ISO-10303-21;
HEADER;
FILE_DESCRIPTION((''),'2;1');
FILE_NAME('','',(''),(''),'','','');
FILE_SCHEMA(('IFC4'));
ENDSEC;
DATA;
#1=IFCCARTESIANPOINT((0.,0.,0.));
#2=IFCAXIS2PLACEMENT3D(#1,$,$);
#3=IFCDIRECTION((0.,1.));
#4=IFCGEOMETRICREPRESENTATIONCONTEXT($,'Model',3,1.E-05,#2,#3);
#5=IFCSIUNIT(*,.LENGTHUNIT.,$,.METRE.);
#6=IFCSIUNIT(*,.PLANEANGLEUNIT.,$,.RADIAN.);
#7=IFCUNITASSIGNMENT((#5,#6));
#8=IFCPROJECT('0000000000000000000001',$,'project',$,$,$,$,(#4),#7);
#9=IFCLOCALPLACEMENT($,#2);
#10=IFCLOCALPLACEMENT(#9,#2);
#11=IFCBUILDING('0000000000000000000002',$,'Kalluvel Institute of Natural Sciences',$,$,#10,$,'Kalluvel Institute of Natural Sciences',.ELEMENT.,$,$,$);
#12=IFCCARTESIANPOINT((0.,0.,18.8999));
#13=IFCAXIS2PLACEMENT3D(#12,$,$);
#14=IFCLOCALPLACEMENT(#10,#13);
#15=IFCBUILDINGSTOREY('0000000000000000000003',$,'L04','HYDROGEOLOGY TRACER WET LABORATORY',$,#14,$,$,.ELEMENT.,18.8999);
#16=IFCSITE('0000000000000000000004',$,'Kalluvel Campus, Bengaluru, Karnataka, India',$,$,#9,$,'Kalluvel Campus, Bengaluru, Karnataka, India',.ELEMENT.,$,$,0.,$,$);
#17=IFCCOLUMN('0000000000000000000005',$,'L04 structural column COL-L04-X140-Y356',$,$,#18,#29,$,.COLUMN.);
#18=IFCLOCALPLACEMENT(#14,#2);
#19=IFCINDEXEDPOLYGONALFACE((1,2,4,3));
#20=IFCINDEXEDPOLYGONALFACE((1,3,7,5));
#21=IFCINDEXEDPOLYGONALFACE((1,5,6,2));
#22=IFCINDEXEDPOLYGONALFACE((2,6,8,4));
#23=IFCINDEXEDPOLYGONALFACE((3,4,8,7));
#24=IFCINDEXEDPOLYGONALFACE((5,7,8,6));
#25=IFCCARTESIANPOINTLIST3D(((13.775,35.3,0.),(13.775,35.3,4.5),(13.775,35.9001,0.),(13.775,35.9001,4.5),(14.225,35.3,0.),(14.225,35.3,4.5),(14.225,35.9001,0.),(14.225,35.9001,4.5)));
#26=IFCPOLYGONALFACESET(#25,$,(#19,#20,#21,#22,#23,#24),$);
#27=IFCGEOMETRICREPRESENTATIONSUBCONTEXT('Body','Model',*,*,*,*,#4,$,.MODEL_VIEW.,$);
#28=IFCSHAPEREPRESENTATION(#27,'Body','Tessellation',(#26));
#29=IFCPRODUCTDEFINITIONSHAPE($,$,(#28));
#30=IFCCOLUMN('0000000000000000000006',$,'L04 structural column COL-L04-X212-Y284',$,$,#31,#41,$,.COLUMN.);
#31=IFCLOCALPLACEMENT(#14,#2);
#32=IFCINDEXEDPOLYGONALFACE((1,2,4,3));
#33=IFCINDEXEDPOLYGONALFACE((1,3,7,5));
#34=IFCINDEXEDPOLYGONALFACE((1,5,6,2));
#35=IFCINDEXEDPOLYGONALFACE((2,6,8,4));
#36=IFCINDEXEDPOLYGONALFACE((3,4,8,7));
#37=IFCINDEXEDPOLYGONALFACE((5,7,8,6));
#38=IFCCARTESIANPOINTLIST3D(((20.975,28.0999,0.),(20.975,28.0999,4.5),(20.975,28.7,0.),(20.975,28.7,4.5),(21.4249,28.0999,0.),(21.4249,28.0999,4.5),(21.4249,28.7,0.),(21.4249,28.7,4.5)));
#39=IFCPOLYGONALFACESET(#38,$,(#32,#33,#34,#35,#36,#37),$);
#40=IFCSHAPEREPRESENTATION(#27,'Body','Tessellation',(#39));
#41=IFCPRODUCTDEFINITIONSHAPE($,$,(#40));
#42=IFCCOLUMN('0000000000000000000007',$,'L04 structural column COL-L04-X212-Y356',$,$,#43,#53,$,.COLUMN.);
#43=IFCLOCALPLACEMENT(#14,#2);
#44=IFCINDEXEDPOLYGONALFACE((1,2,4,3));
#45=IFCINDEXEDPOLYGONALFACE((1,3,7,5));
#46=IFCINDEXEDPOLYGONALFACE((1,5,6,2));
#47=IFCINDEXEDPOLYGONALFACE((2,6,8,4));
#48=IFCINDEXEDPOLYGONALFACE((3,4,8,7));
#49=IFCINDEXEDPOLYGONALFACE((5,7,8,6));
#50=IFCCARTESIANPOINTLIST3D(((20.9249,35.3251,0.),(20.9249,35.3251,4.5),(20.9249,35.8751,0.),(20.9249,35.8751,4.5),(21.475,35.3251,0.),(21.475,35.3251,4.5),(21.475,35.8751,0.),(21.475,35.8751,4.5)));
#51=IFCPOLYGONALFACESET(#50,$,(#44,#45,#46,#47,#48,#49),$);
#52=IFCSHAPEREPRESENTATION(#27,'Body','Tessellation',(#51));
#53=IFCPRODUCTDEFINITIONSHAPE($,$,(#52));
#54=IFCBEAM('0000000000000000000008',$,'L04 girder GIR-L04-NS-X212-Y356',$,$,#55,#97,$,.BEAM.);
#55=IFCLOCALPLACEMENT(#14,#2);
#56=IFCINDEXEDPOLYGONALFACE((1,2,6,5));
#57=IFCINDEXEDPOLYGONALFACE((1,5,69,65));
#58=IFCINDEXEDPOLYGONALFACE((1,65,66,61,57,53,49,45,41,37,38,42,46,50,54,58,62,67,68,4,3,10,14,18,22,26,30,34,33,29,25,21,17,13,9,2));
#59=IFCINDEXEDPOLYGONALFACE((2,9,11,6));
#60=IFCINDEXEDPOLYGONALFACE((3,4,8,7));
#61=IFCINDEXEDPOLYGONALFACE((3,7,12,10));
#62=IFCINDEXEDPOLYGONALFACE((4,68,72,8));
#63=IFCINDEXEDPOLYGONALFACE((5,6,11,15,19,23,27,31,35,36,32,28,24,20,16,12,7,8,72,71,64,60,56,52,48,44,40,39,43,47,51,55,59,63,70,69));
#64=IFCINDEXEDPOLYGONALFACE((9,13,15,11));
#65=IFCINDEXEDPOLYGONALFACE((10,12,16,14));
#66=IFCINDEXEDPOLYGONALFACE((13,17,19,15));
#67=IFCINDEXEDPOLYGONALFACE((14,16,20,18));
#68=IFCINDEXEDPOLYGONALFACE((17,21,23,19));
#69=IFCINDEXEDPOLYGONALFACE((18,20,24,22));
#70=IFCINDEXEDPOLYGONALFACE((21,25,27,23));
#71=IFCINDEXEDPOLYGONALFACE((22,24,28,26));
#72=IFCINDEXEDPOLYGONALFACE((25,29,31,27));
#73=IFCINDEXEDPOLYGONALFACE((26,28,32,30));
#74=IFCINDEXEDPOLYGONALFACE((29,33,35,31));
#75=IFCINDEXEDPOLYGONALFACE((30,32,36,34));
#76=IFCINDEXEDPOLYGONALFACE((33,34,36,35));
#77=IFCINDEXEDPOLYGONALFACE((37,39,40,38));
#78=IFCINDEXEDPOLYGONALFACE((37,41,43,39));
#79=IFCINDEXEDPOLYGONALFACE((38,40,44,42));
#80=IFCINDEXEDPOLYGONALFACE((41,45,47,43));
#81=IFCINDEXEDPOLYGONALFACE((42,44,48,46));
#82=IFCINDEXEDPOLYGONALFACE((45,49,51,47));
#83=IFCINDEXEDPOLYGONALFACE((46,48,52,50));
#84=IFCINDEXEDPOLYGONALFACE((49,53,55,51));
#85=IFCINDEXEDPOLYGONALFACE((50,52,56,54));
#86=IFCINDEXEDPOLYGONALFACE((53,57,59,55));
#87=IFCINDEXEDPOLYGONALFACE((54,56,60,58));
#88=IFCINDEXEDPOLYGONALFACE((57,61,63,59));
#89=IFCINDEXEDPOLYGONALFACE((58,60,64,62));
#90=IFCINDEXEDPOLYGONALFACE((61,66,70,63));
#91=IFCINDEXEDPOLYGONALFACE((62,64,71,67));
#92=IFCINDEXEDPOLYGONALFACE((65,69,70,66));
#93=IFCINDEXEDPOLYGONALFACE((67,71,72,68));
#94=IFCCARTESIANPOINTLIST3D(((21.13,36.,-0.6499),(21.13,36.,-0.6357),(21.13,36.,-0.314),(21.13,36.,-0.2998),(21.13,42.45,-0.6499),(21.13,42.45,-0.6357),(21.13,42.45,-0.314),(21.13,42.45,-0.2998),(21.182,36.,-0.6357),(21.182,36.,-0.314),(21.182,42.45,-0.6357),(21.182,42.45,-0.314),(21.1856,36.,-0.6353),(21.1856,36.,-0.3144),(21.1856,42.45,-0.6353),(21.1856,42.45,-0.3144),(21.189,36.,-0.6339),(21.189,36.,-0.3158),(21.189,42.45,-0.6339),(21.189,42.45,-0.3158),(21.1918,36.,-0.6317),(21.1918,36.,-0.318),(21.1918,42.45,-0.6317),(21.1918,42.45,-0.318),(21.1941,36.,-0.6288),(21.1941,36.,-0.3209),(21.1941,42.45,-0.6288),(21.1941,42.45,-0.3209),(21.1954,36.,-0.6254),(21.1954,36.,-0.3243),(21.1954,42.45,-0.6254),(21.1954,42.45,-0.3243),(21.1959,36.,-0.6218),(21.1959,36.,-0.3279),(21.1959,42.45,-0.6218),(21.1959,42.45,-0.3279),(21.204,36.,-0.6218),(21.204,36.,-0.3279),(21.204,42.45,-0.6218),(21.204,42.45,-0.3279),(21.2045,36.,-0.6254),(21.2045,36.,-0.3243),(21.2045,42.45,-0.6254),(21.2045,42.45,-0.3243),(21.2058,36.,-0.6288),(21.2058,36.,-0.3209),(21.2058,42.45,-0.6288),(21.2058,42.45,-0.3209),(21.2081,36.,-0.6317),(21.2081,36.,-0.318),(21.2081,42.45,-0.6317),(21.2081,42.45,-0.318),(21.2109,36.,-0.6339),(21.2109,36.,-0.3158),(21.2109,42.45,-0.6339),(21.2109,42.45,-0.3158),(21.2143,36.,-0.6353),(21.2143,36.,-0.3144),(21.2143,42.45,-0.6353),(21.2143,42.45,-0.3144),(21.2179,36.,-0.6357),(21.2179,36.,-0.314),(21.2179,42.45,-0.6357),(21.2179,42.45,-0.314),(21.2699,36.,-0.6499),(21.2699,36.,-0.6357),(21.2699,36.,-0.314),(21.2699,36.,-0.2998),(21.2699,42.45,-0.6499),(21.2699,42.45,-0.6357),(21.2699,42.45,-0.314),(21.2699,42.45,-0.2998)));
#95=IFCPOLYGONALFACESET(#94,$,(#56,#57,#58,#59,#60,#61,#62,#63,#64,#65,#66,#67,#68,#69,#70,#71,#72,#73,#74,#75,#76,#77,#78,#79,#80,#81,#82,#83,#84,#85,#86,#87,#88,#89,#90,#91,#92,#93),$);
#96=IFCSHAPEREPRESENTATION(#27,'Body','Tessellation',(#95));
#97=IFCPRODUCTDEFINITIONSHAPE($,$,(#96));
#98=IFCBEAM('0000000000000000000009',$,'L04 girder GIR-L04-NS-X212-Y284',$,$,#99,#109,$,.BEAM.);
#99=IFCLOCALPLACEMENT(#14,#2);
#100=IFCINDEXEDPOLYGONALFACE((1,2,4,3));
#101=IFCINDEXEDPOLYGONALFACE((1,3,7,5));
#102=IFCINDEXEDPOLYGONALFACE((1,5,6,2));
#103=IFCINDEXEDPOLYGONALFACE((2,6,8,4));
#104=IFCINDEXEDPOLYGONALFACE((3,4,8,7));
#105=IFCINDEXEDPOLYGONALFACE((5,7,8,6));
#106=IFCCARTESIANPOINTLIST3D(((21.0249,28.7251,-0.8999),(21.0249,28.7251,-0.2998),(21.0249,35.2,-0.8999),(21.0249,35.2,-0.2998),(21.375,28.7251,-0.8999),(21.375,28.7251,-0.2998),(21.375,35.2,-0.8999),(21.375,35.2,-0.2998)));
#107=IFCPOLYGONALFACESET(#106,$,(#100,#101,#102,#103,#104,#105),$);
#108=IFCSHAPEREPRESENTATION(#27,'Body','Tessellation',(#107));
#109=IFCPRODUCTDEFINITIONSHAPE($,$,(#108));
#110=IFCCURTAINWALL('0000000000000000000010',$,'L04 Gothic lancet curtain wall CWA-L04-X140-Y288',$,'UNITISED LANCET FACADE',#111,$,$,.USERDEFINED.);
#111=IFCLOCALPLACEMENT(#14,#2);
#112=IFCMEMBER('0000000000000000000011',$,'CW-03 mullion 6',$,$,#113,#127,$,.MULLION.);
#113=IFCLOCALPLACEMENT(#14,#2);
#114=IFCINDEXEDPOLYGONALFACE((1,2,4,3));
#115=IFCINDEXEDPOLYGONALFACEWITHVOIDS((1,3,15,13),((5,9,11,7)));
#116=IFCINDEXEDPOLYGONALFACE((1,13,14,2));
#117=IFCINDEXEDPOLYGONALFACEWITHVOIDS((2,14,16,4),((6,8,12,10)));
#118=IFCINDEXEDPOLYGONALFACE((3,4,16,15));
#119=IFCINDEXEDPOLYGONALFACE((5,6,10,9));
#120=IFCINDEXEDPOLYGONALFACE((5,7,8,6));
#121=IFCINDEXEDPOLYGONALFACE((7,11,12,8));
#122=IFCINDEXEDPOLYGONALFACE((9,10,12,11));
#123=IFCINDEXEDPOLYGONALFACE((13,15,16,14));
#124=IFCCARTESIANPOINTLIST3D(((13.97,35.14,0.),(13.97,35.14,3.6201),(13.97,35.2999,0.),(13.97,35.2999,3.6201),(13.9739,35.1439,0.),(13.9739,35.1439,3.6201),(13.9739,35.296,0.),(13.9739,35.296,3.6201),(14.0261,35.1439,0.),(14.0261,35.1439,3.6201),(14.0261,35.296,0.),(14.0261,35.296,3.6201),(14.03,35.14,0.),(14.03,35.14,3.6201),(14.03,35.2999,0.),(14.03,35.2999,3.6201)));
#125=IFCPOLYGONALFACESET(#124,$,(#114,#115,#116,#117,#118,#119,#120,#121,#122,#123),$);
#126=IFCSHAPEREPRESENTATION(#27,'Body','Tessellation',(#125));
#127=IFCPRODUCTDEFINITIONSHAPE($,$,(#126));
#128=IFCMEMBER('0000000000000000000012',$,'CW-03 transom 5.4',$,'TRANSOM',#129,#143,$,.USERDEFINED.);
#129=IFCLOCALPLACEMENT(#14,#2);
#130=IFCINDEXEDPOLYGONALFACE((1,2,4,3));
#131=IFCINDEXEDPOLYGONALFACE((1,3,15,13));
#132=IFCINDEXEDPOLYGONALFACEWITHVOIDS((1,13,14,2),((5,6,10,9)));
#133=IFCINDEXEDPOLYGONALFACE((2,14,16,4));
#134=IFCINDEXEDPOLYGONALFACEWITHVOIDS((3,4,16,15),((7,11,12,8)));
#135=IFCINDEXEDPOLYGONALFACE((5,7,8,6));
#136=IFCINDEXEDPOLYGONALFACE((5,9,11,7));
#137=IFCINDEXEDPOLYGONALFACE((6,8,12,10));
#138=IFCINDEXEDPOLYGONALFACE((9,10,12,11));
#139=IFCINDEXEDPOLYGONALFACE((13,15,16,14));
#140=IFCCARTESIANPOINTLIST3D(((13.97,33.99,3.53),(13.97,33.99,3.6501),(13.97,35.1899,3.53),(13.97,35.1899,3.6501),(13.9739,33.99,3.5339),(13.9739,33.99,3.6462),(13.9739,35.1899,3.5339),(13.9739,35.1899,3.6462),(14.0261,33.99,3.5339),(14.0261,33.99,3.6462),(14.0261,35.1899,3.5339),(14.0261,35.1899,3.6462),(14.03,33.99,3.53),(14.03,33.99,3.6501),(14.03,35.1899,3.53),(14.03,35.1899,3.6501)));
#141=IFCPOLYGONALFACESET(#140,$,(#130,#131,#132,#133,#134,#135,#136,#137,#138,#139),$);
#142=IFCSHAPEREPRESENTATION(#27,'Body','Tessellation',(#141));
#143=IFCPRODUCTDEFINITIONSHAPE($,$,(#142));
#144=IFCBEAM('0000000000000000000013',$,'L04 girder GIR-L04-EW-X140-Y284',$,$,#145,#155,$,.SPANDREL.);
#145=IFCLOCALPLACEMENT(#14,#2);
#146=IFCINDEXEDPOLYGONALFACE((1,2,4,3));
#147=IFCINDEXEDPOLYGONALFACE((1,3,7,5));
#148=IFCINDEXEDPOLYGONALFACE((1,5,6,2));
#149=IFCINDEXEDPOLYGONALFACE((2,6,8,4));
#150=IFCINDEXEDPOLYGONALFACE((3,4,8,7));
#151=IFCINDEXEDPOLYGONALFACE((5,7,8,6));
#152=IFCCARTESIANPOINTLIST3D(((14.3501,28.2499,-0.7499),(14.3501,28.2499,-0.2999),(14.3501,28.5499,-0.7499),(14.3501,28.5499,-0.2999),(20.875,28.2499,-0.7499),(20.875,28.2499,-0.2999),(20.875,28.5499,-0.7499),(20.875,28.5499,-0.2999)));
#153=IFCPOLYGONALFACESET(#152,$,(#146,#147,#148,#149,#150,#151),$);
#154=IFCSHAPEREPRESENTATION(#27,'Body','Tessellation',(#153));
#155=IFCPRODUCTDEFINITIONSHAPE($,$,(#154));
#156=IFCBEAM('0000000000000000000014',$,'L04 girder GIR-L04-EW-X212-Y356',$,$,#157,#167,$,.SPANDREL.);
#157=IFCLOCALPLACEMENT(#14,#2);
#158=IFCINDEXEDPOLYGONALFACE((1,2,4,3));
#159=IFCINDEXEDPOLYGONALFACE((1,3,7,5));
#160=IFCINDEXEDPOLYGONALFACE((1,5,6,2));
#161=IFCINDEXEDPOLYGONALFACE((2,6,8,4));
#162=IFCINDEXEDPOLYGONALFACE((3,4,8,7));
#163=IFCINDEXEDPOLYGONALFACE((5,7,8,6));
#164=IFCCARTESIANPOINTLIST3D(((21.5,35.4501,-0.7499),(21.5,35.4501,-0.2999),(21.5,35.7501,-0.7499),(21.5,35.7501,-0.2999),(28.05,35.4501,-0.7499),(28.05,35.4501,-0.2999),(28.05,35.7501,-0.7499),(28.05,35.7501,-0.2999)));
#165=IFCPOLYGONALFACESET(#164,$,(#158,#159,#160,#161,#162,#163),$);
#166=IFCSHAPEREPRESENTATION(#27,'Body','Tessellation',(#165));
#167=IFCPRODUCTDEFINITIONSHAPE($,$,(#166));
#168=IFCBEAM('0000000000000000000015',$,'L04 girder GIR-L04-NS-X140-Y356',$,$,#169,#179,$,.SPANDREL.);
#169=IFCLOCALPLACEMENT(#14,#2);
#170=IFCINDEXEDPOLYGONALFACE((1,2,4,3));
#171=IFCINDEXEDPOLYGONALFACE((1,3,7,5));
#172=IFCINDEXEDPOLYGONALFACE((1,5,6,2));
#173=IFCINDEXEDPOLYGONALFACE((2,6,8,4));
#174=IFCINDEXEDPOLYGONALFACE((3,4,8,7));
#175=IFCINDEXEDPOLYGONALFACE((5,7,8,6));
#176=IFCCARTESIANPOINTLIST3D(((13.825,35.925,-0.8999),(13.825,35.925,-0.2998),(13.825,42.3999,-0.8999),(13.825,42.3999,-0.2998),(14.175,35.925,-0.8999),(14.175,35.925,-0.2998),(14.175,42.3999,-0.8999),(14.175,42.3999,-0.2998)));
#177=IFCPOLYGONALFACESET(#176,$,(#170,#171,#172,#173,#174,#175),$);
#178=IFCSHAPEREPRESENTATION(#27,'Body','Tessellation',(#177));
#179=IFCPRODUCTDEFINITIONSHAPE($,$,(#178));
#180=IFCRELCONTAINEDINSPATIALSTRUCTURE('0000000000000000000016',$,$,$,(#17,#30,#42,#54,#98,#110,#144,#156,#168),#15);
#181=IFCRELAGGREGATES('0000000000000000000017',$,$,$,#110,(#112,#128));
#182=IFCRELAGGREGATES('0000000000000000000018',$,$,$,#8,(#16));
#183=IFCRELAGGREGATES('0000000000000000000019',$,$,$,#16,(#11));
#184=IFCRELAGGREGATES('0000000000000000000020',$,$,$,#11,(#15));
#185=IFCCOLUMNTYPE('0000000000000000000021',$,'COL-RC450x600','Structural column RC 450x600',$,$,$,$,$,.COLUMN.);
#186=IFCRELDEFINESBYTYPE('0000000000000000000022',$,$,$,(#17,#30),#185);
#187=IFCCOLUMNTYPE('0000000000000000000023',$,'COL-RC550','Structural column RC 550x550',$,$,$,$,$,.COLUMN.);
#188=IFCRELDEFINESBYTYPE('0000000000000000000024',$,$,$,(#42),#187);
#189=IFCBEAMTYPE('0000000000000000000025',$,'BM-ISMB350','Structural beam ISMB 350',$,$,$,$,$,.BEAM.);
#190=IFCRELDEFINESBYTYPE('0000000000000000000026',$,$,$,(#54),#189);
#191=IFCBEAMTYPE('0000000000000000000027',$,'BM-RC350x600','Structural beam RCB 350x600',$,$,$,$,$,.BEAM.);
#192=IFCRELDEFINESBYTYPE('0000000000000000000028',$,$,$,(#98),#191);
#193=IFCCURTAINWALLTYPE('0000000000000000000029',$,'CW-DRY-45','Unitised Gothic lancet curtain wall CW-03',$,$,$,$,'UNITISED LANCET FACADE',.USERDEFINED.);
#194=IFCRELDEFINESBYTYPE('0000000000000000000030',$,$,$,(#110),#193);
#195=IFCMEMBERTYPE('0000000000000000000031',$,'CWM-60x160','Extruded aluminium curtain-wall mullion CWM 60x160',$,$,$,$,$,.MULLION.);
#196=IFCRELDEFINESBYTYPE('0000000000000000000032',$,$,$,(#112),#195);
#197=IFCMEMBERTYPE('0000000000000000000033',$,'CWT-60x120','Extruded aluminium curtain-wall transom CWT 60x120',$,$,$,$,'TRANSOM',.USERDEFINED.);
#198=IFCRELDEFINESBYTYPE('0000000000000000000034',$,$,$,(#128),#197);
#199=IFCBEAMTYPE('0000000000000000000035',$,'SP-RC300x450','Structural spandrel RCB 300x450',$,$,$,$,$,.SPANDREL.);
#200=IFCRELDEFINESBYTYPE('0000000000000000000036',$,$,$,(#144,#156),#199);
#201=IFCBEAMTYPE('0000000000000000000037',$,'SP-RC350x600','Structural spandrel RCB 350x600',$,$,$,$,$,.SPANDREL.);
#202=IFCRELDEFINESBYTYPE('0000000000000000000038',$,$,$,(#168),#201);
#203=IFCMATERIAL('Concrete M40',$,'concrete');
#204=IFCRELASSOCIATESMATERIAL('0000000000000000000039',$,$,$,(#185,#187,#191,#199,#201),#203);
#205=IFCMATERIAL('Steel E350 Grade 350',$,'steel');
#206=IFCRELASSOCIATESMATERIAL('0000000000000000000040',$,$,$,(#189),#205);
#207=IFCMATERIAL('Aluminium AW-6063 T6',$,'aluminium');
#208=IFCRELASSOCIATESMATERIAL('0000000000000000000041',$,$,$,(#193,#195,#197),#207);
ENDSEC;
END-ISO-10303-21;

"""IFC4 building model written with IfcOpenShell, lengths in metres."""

from ifc_helpers import new_model, si_unit, direction, frame, origin, origin_2d, place, context, subcontext, project, spatial, rectangle, hollow_rectangle, i_section, extrude, material, material_profile, profile_set, type_object, element, aggregate, save


model = new_model("IFC4")

# Units and contexts
model_context = context("Model", 3, precision=1e-05, world=origin(), true_north=direction((0.0, 1.0)))
body_context = subcontext(model_context, "Body", "Model", "MODEL_VIEW")
ifc_project = project(units=[si_unit("LENGTHUNIT", "METRE"), si_unit("PLANEANGLEUNIT", "RADIAN")], contexts=[model_context])

# Site, building, storey
site_placement = place(None, origin())
site = spatial("IfcSite", under=ifc_project, at=site_placement, Name="Kalluvel Campus, Bengaluru, Karnataka, India", LongName="Kalluvel Campus, Bengaluru, Karnataka, India", CompositionType="ELEMENT", RefElevation=0.0)
building_placement = place(site_placement, origin())
building = spatial("IfcBuilding", under=site, at=building_placement, Name="Kalluvel Institute of Natural Sciences", LongName="Kalluvel Institute of Natural Sciences", CompositionType="ELEMENT")
storey_placement = place(building_placement, frame((0.0, 0.0, 18.8999)))
storey = spatial("IfcBuildingStorey", under=building, at=storey_placement, Name="L04", Description="HYDROGEOLOGY TRACER WET LABORATORY", CompositionType="ELEMENT", Elevation=18.8999)

# Columns
ifc_material_1 = material(Name="Concrete M40", Category="concrete")
ifc_material_profile_1 = material_profile(ifc_material_1, rectangle(XDim=0.45, YDim=0.6001, at=origin_2d()), Name="RC 450x600")
ifc_profile_set_1 = profile_set([ifc_material_profile_1], Name="Concrete M40")
column_type_1 = type_object("IfcColumnType", Name="COL-RC450x600", Description="Structural column RC 450x600", PredefinedType="COLUMN", material=ifc_profile_set_1)
for number, where, z_axis, x_axis, name in (
    (1, (14.0, 35.6001, 0.0), (0.0, 0.0, 1.0), (1.0, 0.0, 0.0), "L04 structural column COL-L04-X140-Y356"),
    (2, (21.2, 28.3999, 0.0), (0.0, 0.0, 1.0), (1.0, 0.0, 0.0), "L04 structural column COL-L04-X212-Y284"),
):
    element("IfcColumn", number, at=place(storey_placement, frame(where, z_axis=z_axis, x_axis=x_axis)), inside=storey, type_object=column_type_1, Name=name, PredefinedType="COLUMN", context=body_context, shape_type="SweptSolid", body=[
        extrude(rectangle(XDim=0.45, YDim=0.6001, at=origin_2d()), origin(), (0.0, 0.0, 1.0), 4.5),
    ])
ifc_material_profile_2 = material_profile(ifc_material_1, rectangle(XDim=0.55, YDim=0.55, at=origin_2d()), Name="RC 550x550")
ifc_profile_set_2 = profile_set([ifc_material_profile_2], Name="Concrete M40")
column_type_2 = type_object("IfcColumnType", Name="COL-RC550", Description="Structural column RC 550x550", PredefinedType="COLUMN", material=ifc_profile_set_2)
column_placement = place(storey_placement, frame((21.2, 35.6001, 0.0), z_axis=(0.0, 0.0, 1.0), x_axis=(1.0, 0.0, 0.0)))
element("IfcColumn", 3, at=column_placement, inside=storey, type_object=column_type_2, Name="L04 structural column COL-L04-X212-Y356", PredefinedType="COLUMN", context=body_context, shape_type="SweptSolid", body=[
    extrude(rectangle(XDim=0.55, YDim=0.55, at=origin_2d()), origin(), (0.0, 0.0, 1.0), 4.5),
])

# Beams
ifc_material_2 = material(Name="Steel E350 Grade 350", Category="steel")
ifc_material_profile_3 = material_profile(ifc_material_2, i_section(OverallWidth=0.1399, OverallDepth=0.3501, WebThickness=0.0081, FlangeThickness=0.0142, FilletRadius=0.0139, at=origin_2d()), Name="ISMB 350")
ifc_profile_set_3 = profile_set([ifc_material_profile_3], Name="Steel E350 Grade 350")
beam_type_1 = type_object("IfcBeamType", Name="BM-ISMB350", Description="Structural beam ISMB 350", PredefinedType="BEAM", material=ifc_profile_set_3)
beam_1_placement = place(storey_placement, frame((21.2, 36.0, -0.4749), z_axis=(0.0, 1.0, 0.0), x_axis=(-1.0, 0.0, 0.0)))
element("IfcBeam", 4, at=beam_1_placement, inside=storey, type_object=beam_type_1, Name="L04 girder GIR-L04-NS-X212-Y356", PredefinedType="BEAM", context=body_context, shape_type="SweptSolid", body=[
    extrude(i_section(OverallWidth=0.1399, OverallDepth=0.3501, WebThickness=0.0081, FlangeThickness=0.0142, FilletRadius=0.0139, at=origin_2d()), origin(), (0.0, 0.0, 1.0), 6.45),
])
ifc_material_profile_4 = material_profile(ifc_material_1, rectangle(XDim=0.3501, YDim=0.6001, at=origin_2d()), Name="RCB 350x600")
ifc_profile_set_4 = profile_set([ifc_material_profile_4], Name="Concrete M40")
beam_type_2 = type_object("IfcBeamType", Name="BM-RC350x600", Description="Structural beam RCB 350x600", PredefinedType="BEAM", material=ifc_profile_set_4)
beam_2_placement = place(storey_placement, frame((21.2, 28.7251, -0.5999), z_axis=(0.0, 1.0, 0.0), x_axis=(-1.0, 0.0, 0.0)))
element("IfcBeam", 5, at=beam_2_placement, inside=storey, type_object=beam_type_2, Name="L04 girder GIR-L04-NS-X212-Y284", PredefinedType="BEAM", context=body_context, shape_type="SweptSolid", body=[
    extrude(rectangle(XDim=0.3501, YDim=0.6001, at=origin_2d()), origin(), (0.0, 0.0, 1.0), 6.4749),
])

# Curtain wall, members
ifc_material_3 = material(Name="Aluminium AW-6063 T6", Category="aluminium")
curtain_wall_type = type_object("IfcCurtainWallType", Name="CW-DRY-45", Description="Unitised Gothic lancet curtain wall CW-03", ElementType="UNITISED LANCET FACADE", PredefinedType="USERDEFINED", material=ifc_material_3)
curtain_wall_placement = place(storey_placement, origin())
curtain_wall = element("IfcCurtainWall", 6, at=curtain_wall_placement, inside=storey, type_object=curtain_wall_type, Name="L04 Gothic lancet curtain wall CWA-L04-X140-Y288", ObjectType="UNITISED LANCET FACADE", PredefinedType="USERDEFINED")
ifc_material_profile_5 = material_profile(ifc_material_3, hollow_rectangle(XDim=0.0601, YDim=0.1599, WallThickness=0.0039, at=origin_2d()), Name="CWM 60x160")
ifc_profile_set_5 = profile_set([ifc_material_profile_5], Name="Aluminium AW-6063 T6")
member_type_1 = type_object("IfcMemberType", Name="CWM-60x160", Description="Extruded aluminium curtain-wall mullion CWM 60x160", PredefinedType="MULLION", material=ifc_profile_set_5)
member_1_placement = place(storey_placement, frame((14.0, 35.22, 0.0), z_axis=(0.0, 0.0, 1.0), x_axis=(-1.0, 0.0, 0.0)))
member_1 = element("IfcMember", 7, at=member_1_placement, type_object=member_type_1, Name="CW-03 mullion 6", PredefinedType="MULLION", context=body_context, shape_type="SweptSolid", body=[
    extrude(hollow_rectangle(XDim=0.0601, YDim=0.1599, WallThickness=0.0039, at=origin_2d()), origin(), (0.0, 0.0, 1.0), 3.6201),
])
ifc_material_profile_6 = material_profile(ifc_material_3, hollow_rectangle(XDim=0.0601, YDim=0.1201, WallThickness=0.0039, at=origin_2d()), Name="CWT 60x120")
ifc_profile_set_6 = profile_set([ifc_material_profile_6], Name="Aluminium AW-6063 T6")
member_type_2 = type_object("IfcMemberType", Name="CWT-60x120", Description="Extruded aluminium curtain-wall transom CWT 60x120", ElementType="TRANSOM", PredefinedType="USERDEFINED", material=ifc_profile_set_6)
member_2_placement = place(storey_placement, frame((14.0, 33.99, 3.5901), z_axis=(0.0, 1.0, 0.0), x_axis=(-1.0, 0.0, 0.0)))
member_2 = element("IfcMember", 8, at=member_2_placement, type_object=member_type_2, Name="CW-03 transom 5.4", ObjectType="TRANSOM", PredefinedType="USERDEFINED", context=body_context, shape_type="SweptSolid", body=[
    extrude(hollow_rectangle(XDim=0.0601, YDim=0.1201, WallThickness=0.0039, at=origin_2d()), origin(), (0.0, 0.0, 1.0), 1.2),
])

# Beams
ifc_material_profile_7 = material_profile(ifc_material_1, rectangle(XDim=0.3, YDim=0.45, at=origin_2d()), Name="RCB 300x450")
ifc_profile_set_7 = profile_set([ifc_material_profile_7], Name="Concrete M40")
beam_type_3 = type_object("IfcBeamType", Name="SP-RC300x450", Description="Structural spandrel RCB 300x450", PredefinedType="SPANDREL", material=ifc_profile_set_7)
beam_3_placement = place(storey_placement, frame((14.3501, 28.3999, -0.5249), z_axis=(1.0, 0.0, 0.0), x_axis=(0.0, 1.0, 0.0)))
element("IfcBeam", 9, at=beam_3_placement, inside=storey, type_object=beam_type_3, Name="L04 girder GIR-L04-EW-X140-Y284", PredefinedType="SPANDREL", context=body_context, shape_type="SweptSolid", body=[
    extrude(rectangle(XDim=0.3, YDim=0.45, at=origin_2d()), origin(), (0.0, 0.0, 1.0), 6.5249),
])
beam_4_placement = place(storey_placement, frame((21.5, 35.6001, -0.5249), z_axis=(1.0, 0.0, 0.0), x_axis=(0.0, 1.0, 0.0)))
element("IfcBeam", 10, at=beam_4_placement, inside=storey, type_object=beam_type_3, Name="L04 girder GIR-L04-EW-X212-Y356", PredefinedType="SPANDREL", context=body_context, shape_type="SweptSolid", body=[
    extrude(rectangle(XDim=0.3, YDim=0.45, at=origin_2d()), origin(), (0.0, 0.0, 1.0), 6.55),
])
ifc_material_profile_8 = material_profile(ifc_material_1, rectangle(XDim=0.3501, YDim=0.6001, at=origin_2d()), Name="RCB 350x600")
ifc_profile_set_8 = profile_set([ifc_material_profile_8], Name="Concrete M40")
beam_type_4 = type_object("IfcBeamType", Name="SP-RC350x600", Description="Structural spandrel RCB 350x600", PredefinedType="SPANDREL", material=ifc_profile_set_8)
beam_5_placement = place(storey_placement, frame((14.0, 35.925, -0.5999), z_axis=(0.0, 1.0, 0.0), x_axis=(-1.0, 0.0, 0.0)))
element("IfcBeam", 11, at=beam_5_placement, inside=storey, type_object=beam_type_4, Name="L04 girder GIR-L04-NS-X140-Y356", PredefinedType="SPANDREL", context=body_context, shape_type="SweptSolid", body=[
    extrude(rectangle(XDim=0.3501, YDim=0.6001, at=origin_2d()), origin(), (0.0, 0.0, 1.0), 6.4749),
])

aggregate(curtain_wall, [member_1, member_2])

save(model, "model.ifc")
